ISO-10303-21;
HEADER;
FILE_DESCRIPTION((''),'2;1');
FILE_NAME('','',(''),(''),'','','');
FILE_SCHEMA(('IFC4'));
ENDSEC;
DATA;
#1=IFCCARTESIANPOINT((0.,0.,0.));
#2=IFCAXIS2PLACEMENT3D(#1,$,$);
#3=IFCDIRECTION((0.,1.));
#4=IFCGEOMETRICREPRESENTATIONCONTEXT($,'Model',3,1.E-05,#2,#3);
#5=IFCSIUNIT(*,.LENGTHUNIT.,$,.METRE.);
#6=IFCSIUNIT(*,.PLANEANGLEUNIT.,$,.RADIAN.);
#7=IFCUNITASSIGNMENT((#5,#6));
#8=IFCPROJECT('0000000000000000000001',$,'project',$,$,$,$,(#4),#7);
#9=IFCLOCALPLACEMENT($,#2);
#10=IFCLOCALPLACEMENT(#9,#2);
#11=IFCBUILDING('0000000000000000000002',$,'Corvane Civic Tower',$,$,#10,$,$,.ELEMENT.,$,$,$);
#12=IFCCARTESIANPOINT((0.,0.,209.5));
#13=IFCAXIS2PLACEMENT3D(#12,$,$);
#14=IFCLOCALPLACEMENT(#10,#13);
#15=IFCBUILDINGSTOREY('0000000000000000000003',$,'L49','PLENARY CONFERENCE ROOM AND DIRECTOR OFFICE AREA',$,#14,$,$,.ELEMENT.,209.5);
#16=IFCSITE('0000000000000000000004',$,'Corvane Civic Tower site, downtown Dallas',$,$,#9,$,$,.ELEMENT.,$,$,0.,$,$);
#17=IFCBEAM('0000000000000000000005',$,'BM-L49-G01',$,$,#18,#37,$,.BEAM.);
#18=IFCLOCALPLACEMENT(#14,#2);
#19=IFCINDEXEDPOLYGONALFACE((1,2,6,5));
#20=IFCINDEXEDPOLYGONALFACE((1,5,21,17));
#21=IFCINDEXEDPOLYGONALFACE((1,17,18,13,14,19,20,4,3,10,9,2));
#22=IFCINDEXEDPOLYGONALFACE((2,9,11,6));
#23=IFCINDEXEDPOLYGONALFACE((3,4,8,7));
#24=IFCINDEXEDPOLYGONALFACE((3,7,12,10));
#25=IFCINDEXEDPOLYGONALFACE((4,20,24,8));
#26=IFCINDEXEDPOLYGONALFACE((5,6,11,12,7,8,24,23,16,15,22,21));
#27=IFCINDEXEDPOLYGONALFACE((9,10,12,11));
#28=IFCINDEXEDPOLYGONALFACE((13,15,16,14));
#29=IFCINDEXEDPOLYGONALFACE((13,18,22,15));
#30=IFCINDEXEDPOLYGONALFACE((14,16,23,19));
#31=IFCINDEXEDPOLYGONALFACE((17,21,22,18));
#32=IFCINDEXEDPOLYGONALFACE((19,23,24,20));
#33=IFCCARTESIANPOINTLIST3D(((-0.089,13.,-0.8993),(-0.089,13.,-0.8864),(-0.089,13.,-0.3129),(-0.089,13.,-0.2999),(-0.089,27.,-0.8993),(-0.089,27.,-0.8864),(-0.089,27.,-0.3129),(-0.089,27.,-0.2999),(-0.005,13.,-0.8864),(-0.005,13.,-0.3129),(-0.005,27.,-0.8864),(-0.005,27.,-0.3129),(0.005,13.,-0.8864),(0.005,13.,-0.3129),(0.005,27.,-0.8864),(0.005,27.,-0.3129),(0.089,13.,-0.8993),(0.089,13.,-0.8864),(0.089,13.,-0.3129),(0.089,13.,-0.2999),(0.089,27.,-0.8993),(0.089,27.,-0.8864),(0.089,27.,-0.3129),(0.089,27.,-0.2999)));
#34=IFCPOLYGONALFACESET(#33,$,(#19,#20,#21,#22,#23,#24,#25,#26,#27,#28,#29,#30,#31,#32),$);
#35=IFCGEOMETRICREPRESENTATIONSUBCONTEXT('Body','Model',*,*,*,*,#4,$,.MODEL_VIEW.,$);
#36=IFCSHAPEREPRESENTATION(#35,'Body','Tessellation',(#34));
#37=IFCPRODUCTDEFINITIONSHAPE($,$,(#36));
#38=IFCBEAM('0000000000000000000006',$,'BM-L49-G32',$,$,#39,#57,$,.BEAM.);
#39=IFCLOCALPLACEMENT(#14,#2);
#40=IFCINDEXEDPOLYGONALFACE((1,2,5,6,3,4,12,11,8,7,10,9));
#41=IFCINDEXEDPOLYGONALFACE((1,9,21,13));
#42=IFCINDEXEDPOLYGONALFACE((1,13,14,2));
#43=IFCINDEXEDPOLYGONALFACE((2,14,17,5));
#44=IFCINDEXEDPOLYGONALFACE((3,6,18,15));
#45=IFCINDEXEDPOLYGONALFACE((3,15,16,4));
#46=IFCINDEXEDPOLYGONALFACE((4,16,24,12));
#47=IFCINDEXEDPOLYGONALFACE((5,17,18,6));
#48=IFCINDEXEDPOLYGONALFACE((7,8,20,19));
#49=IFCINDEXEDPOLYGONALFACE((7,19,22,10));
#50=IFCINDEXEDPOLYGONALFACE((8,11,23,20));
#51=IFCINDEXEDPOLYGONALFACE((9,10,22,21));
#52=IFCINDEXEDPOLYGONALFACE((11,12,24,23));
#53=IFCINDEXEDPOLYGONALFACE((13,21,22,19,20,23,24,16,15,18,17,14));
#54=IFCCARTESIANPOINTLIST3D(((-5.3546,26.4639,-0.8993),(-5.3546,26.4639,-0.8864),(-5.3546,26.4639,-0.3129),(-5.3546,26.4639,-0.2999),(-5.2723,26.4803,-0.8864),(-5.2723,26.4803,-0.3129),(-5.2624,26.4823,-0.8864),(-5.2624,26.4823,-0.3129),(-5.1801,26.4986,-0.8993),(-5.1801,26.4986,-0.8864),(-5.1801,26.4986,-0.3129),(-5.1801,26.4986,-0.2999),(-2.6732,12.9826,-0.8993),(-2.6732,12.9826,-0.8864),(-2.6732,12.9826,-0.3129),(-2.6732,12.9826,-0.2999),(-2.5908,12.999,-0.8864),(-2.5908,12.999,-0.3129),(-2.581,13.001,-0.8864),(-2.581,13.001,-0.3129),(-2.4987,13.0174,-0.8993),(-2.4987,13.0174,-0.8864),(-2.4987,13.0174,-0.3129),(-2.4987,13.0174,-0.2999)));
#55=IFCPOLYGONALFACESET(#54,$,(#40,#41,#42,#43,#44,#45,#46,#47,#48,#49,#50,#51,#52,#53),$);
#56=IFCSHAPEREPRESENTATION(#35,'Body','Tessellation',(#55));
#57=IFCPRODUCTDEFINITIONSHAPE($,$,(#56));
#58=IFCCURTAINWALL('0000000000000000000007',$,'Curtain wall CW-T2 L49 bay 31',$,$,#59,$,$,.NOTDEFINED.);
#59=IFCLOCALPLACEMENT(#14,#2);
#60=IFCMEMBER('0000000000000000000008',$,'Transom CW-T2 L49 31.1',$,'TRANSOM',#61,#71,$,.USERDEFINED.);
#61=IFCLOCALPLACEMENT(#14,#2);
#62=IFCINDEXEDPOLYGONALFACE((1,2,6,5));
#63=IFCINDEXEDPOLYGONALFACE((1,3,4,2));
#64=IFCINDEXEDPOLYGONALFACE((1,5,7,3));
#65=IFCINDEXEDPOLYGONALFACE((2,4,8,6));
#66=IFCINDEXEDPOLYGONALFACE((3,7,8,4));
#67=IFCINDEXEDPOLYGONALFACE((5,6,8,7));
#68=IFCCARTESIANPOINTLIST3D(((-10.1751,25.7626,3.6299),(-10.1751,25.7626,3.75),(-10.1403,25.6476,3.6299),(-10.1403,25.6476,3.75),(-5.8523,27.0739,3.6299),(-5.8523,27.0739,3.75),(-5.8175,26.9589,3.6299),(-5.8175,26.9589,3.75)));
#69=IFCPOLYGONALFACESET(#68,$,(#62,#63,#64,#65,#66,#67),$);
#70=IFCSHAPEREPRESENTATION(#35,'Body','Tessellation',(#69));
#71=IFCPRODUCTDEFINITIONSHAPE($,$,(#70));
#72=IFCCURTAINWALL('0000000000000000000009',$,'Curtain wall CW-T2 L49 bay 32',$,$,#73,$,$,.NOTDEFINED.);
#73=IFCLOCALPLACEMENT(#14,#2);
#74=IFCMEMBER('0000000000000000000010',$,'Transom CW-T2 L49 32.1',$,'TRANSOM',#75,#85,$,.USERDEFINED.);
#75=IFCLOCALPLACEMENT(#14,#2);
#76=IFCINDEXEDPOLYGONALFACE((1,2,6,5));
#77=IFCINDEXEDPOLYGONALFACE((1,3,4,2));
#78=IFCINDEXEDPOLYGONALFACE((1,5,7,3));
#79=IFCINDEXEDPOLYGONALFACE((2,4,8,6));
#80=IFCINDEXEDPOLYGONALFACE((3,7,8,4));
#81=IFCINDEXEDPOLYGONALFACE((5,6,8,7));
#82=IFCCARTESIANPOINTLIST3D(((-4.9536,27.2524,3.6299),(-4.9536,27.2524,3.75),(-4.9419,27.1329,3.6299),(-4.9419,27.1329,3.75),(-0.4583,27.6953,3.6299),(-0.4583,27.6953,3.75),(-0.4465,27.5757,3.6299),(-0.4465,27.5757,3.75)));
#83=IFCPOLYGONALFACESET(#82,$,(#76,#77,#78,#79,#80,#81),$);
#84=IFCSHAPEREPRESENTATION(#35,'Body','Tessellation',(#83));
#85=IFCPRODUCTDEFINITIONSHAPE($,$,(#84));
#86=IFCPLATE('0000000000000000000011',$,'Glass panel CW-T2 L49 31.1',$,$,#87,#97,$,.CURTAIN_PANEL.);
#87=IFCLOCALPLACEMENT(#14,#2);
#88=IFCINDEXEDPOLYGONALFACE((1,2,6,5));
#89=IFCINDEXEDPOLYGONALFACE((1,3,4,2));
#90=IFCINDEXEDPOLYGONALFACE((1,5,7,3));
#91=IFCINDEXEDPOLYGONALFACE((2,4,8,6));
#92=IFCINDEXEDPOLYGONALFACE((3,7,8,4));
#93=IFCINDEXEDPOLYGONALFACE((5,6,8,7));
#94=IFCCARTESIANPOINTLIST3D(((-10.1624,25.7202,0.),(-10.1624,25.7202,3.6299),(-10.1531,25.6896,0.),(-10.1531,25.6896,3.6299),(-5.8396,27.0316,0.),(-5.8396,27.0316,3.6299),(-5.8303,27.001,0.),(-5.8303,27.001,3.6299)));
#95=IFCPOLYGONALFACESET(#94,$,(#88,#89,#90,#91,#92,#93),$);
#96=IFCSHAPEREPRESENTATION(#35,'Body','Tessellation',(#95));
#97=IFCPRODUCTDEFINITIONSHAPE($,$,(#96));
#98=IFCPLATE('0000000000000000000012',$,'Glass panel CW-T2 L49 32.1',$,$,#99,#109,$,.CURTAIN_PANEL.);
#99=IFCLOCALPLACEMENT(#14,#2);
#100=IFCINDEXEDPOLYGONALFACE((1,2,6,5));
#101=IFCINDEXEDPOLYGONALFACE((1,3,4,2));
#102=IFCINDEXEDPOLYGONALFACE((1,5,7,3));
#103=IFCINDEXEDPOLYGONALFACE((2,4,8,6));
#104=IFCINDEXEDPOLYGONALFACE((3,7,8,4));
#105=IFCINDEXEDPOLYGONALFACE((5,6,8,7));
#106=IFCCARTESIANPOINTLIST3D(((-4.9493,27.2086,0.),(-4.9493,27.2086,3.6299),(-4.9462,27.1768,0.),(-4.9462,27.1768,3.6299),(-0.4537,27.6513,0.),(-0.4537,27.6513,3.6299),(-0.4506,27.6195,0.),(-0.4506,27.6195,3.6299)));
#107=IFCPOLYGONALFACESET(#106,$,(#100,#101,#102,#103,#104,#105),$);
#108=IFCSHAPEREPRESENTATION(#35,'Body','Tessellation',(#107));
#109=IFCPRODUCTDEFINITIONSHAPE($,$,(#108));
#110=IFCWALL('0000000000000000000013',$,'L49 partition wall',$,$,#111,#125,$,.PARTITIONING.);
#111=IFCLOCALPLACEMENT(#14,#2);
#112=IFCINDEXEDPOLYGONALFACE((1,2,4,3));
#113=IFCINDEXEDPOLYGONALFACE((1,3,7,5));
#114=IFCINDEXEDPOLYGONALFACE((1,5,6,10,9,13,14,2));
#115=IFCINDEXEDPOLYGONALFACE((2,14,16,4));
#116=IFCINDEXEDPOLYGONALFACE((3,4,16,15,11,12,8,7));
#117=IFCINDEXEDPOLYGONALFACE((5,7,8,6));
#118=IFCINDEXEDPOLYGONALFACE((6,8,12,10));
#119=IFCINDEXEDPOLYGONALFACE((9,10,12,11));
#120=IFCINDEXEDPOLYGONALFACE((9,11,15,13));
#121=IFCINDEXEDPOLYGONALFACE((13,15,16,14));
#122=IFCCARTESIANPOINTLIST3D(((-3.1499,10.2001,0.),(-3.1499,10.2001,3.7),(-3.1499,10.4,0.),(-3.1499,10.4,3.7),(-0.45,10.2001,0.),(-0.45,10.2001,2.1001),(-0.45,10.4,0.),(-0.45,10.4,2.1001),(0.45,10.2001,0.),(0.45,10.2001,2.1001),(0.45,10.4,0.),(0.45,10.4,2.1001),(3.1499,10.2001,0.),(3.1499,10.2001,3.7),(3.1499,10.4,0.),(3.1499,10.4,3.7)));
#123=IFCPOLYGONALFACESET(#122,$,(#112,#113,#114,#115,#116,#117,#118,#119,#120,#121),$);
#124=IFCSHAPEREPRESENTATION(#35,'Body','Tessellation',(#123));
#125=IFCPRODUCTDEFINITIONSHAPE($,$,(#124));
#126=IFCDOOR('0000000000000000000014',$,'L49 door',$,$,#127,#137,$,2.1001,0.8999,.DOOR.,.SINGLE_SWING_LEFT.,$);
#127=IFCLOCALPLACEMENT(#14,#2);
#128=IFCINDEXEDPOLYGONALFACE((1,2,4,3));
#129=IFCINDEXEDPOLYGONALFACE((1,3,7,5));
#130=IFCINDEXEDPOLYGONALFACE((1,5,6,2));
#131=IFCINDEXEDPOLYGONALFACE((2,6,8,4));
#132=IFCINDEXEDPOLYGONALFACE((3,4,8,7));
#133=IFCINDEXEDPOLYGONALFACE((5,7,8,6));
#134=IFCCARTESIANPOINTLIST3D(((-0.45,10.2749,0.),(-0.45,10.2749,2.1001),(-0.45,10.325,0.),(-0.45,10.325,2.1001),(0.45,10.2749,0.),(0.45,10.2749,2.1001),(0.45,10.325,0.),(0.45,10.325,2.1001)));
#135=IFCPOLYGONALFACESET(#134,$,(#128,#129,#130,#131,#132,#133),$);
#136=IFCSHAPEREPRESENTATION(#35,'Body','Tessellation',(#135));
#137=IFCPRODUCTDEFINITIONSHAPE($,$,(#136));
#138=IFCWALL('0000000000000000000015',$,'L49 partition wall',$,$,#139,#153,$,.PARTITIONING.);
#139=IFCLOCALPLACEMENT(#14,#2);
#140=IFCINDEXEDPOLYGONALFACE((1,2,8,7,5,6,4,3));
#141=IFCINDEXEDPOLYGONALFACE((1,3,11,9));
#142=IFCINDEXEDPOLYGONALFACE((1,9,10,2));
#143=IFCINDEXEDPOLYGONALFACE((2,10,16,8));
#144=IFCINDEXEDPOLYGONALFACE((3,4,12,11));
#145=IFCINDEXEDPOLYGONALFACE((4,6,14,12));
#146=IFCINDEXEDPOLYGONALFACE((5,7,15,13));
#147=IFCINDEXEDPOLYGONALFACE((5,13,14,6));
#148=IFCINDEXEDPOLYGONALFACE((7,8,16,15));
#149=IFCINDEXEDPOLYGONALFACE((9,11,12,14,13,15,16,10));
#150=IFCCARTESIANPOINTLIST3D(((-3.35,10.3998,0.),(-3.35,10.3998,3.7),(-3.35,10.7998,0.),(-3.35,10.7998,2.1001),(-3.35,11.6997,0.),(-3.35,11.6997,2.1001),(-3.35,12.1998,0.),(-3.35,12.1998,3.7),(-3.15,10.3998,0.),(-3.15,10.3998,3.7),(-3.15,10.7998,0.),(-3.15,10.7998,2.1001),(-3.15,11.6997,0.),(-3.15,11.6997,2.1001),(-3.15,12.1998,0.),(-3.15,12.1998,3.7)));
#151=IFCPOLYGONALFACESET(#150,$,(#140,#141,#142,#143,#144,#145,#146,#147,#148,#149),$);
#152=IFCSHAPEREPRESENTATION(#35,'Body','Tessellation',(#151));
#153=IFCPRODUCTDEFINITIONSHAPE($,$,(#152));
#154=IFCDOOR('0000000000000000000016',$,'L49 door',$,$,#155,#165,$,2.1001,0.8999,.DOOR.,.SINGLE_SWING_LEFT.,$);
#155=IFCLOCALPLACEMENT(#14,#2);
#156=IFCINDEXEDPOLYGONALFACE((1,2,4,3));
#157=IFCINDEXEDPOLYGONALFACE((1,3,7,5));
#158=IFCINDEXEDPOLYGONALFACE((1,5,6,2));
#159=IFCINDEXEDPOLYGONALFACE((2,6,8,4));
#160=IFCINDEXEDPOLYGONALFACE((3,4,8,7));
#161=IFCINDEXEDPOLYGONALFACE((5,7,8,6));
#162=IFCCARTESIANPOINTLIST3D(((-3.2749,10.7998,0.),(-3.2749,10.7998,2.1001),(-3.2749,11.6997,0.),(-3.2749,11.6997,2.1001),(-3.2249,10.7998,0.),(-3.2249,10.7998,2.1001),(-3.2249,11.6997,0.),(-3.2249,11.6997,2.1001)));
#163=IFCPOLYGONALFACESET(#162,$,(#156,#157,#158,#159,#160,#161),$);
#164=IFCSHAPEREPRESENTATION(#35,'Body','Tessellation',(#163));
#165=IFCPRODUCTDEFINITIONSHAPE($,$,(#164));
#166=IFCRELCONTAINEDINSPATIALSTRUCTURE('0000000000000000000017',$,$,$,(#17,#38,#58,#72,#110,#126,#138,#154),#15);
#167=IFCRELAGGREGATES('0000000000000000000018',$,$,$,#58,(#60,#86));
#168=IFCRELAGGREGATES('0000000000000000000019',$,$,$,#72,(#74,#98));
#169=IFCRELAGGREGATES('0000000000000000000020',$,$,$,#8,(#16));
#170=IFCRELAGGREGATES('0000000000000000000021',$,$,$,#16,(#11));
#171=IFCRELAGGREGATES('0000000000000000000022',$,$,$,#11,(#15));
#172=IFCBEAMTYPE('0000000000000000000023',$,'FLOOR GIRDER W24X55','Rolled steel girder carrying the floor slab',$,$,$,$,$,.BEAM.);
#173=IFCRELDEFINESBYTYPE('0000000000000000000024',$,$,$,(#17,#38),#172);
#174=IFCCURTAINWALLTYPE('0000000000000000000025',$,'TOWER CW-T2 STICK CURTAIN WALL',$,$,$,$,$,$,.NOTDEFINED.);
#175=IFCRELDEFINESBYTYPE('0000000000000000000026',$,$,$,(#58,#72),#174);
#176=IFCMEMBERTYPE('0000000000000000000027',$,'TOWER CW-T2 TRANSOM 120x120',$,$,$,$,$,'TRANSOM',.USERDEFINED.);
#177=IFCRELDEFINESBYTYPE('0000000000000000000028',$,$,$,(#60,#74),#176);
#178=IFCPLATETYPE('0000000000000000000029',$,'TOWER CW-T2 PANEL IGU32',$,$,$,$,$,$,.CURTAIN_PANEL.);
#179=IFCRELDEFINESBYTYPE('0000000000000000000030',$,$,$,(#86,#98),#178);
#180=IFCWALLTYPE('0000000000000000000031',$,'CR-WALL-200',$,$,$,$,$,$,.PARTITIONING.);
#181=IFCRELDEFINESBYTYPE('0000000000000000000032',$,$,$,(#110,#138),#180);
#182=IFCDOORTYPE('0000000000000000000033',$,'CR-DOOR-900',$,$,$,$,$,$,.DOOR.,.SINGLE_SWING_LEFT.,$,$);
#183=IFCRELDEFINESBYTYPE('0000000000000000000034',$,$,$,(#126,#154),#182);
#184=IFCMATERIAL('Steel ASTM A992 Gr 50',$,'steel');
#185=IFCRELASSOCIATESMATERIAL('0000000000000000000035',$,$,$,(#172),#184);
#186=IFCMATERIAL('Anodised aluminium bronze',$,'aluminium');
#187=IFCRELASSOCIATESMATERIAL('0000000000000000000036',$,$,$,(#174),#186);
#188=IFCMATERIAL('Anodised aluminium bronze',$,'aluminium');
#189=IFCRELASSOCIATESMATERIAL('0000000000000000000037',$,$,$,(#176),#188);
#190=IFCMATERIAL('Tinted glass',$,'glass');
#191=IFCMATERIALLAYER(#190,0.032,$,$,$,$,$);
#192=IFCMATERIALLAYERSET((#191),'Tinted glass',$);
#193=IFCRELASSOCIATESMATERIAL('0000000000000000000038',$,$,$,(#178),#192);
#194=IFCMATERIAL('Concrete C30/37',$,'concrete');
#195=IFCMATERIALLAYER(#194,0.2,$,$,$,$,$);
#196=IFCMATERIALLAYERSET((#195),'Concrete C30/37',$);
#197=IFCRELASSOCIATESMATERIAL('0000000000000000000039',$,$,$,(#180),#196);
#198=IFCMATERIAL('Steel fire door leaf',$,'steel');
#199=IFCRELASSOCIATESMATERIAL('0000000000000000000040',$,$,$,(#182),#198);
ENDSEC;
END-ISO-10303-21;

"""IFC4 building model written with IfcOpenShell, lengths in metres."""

from ifc_helpers import new_model, si_unit, direction, frame, frame_2d, origin, origin_2d, place, context, subcontext, project, spatial, rectangle, i_section, extrude, material, layer, layer_set, material_profile, profile_set, type_object, element, fill, aggregate, save


model = new_model("IFC4")

# Units and contexts
model_context = context("Model", 3, precision=1e-05, world=origin(), true_north=direction((0.0, 1.0)))
body_context = subcontext(model_context, "Body", "Model", "MODEL_VIEW")
ifc_project = project(units=[si_unit("LENGTHUNIT", "METRE"), si_unit("PLANEANGLEUNIT", "RADIAN")], contexts=[model_context])

# Site, building, storey
site_placement = place(None, origin())
site = spatial("IfcSite", under=ifc_project, at=site_placement, Name="Corvane Civic Tower site, downtown Dallas", CompositionType="ELEMENT", RefElevation=0.0)
building_placement = place(site_placement, origin())
building = spatial("IfcBuilding", under=site, at=building_placement, Name="Corvane Civic Tower", CompositionType="ELEMENT")
storey_placement = place(building_placement, frame((0.0, 0.0, 209.5)))
storey = spatial("IfcBuildingStorey", under=building, at=storey_placement, Name="L49", Description="PLENARY CONFERENCE ROOM AND DIRECTOR OFFICE AREA", CompositionType="ELEMENT", Elevation=209.5)

# Beams
ifc_material_1 = material(Name="Steel ASTM A992 Gr 50", Category="steel")
ifc_material_profile_1 = material_profile(ifc_material_1, i_section(OverallWidth=0.178, OverallDepth=0.5994, WebThickness=0.01, FlangeThickness=0.0129, at=origin_2d()), Name="W24X55")
ifc_profile_set_1 = profile_set([ifc_material_profile_1], Name="Steel ASTM A992 Gr 50")
beam_type_1 = type_object("IfcBeamType", Name="FLOOR GIRDER W24X55", Description="Rolled steel girder carrying the floor slab", PredefinedType="BEAM", material=ifc_profile_set_1)
beam_1_placement = place(storey_placement, frame((0.0, 13.0, -0.5996), z_axis=(0.0, 1.0, 0.0), x_axis=(-1.0, 0.0, 0.0)))
element("IfcBeam", 1, at=beam_1_placement, inside=storey, type_object=beam_type_1, Name="BM-L49-G01", PredefinedType="BEAM", context=body_context, shape_type="SweptSolid", body=[
    extrude(i_section(OverallWidth=0.178, OverallDepth=0.5994, WebThickness=0.01, FlangeThickness=0.0129, at=origin_2d()), origin(), (0.0, 0.0, 1.0), 14.0),
])
beam_2_placement = place(storey_placement, frame((-2.5859, 13.0, -0.5996), z_axis=(-0.195078, 0.980788, 0.0), x_axis=(-0.980788, -0.195078, 0.0)))
element("IfcBeam", 2, at=beam_2_placement, inside=storey, type_object=beam_type_1, Name="BM-L49-G32", PredefinedType="BEAM", context=body_context, shape_type="SweptSolid", body=[
    extrude(i_section(OverallWidth=0.178, OverallDepth=0.5994, WebThickness=0.01, FlangeThickness=0.0129, at=origin_2d()), origin(), (0.0, 0.0, 1.0), 13.7454),
])

# Curtain walls, members
ifc_material_2 = material(Name="Anodised aluminium bronze", Category="aluminium")
curtain_wall_type = type_object("IfcCurtainWallType", Name="TOWER CW-T2 STICK CURTAIN WALL", PredefinedType="NOTDEFINED", material=ifc_material_2)
curtain_wall_1_placement = place(storey_placement, origin())
curtain_wall_1 = element("IfcCurtainWall", 3, at=curtain_wall_1_placement, inside=storey, type_object=curtain_wall_type, Name="Curtain wall CW-T2 L49 bay 31", PredefinedType="NOTDEFINED")
ifc_material_3 = material(Name="Anodised aluminium bronze", Category="aluminium")
ifc_material_profile_2 = material_profile(ifc_material_3, rectangle(XDim=0.1201, YDim=0.1201, at=origin_2d()), Name="TOWER CW-T2 TRANSOM 120x120")
ifc_profile_set_2 = profile_set([ifc_material_profile_2], Name="Anodised aluminium bronze")
member_type = type_object("IfcMemberType", Name="TOWER CW-T2 TRANSOM 120x120", ElementType="TRANSOM", PredefinedType="USERDEFINED", material=ifc_profile_set_2)
member_1_placement = place(storey_placement, frame((-10.1577, 25.7051, 3.6899), z_axis=(0.956941, 0.290282, 0.0), x_axis=(-0.290282, 0.956941, 0.0)))
member_1 = element("IfcMember", 4, at=member_1_placement, type_object=member_type, Name="Transom CW-T2 L49 31.1", ObjectType="TRANSOM", PredefinedType="USERDEFINED", context=body_context, shape_type="SweptSolid", body=[
    extrude(rectangle(XDim=0.1201, YDim=0.1201, at=origin_2d()), origin(), (0.0, 0.0, 1.0), 4.5173),
])
curtain_wall_2_placement = place(storey_placement, origin())
curtain_wall_2 = element("IfcCurtainWall", 5, at=curtain_wall_2_placement, inside=storey, type_object=curtain_wall_type, Name="Curtain wall CW-T2 L49 bay 32", PredefinedType="NOTDEFINED")
member_2_placement = place(storey_placement, frame((-4.9478, 27.1926, 3.6899), z_axis=(0.995182, 0.098043, 0.0), x_axis=(-0.098043, 0.995182, 0.0)))
member_2 = element("IfcMember", 6, at=member_2_placement, type_object=member_type, Name="Transom CW-T2 L49 32.1", ObjectType="TRANSOM", PredefinedType="USERDEFINED", context=body_context, shape_type="SweptSolid", body=[
    extrude(rectangle(XDim=0.1201, YDim=0.1201, at=origin_2d()), origin(), (0.0, 0.0, 1.0), 4.5171),
])

# Plates
ifc_material_4 = material(Name="Tinted glass", Category="glass")
ifc_layer_1 = layer(ifc_material_4, 0.032)
ifc_layer_set_1 = layer_set([ifc_layer_1], Name="Tinted glass")
plate_type = type_object("IfcPlateType", Name="TOWER CW-T2 PANEL IGU32", PredefinedType="CURTAIN_PANEL", material=ifc_layer_set_1)
plate_1_placement = place(storey_placement, frame((-7.9963, 26.3606, 0.0), z_axis=(0.0, 0.0, 1.0), x_axis=(0.956939, 0.29029, 0.0)))
plate_1 = element("IfcPlate", 7, at=plate_1_placement, type_object=plate_type, Name="Glass panel CW-T2 L49 31.1", PredefinedType="CURTAIN_PANEL", context=body_context, shape_type="SweptSolid", body=[
    extrude(rectangle(XDim=4.5173, YDim=0.032, at=origin_2d()), origin(), (0.0, 0.0, 1.0), 3.6299),
])
aggregate(curtain_wall_1, [member_1, plate_1])
plate_2_placement = place(storey_placement, frame((-2.7, 27.4141, 0.0), z_axis=(0.0, 0.0, 1.0), x_axis=(0.995187, 0.097993, 0.0)))
plate_2 = element("IfcPlate", 8, at=plate_2_placement, type_object=plate_type, Name="Glass panel CW-T2 L49 32.1", PredefinedType="CURTAIN_PANEL", context=body_context, shape_type="SweptSolid", body=[
    extrude(rectangle(XDim=4.5173, YDim=0.032, at=origin_2d()), origin(), (0.0, 0.0, 1.0), 3.6299),
])
aggregate(curtain_wall_2, [member_2, plate_2])

# Walls, openings, doors
ifc_material_5 = material(Name="Concrete C30/37", Category="concrete")
ifc_layer_2 = layer(ifc_material_5, 0.2)
ifc_layer_set_2 = layer_set([ifc_layer_2], Name="Concrete C30/37")
wall_type = type_object("IfcWallType", Name="CR-WALL-200", PredefinedType="PARTITIONING", material=ifc_layer_set_2)
wall_1_placement = place(storey_placement, frame((-3.1499, 10.3, 0.0), z_axis=(0.0, 0.0, 1.0), x_axis=(1.0, 0.0, 0.0)))
wall_1 = element("IfcWall", 9, at=wall_1_placement, inside=storey, type_object=wall_type, Name="L49 partition wall", PredefinedType="PARTITIONING", context=body_context, shape_type="SweptSolid", body=[
    extrude(rectangle(XDim=6.2998, YDim=0.2, at=frame_2d((3.1499, 0.0))), origin(), (0.0, 0.0, 1.0), 3.7),
])
opening_1_placement = place(wall_1_placement, frame((2.7, 0.0, 0.0)))
opening_1 = element("IfcOpeningElement", 10, at=opening_1_placement, cuts=wall_1, PredefinedType="OPENING", context=body_context, shape_type="SweptSolid", body=[
    extrude(rectangle(XDim=0.8999, YDim=2.1001, at=frame_2d((0.45, 1.05))), frame((0.0, 0.1099, 0.0), z_axis=(0.0, -1.0, 0.0), x_axis=(1.0, 0.0, 0.0)), (0.0, 0.0, 1.0), 0.22),
])
ifc_material_6 = material(Name="Steel fire door leaf", Category="steel")
door_type = type_object("IfcDoorType", Name="CR-DOOR-900", OperationType="SINGLE_SWING_LEFT", PredefinedType="DOOR", material=ifc_material_6)
door_1_placement = place(opening_1_placement, origin())
door_1 = element("IfcDoor", 11, at=door_1_placement, inside=storey, type_object=door_type, Name="L49 door", OperationType="SINGLE_SWING_LEFT", OverallHeight=2.1001, OverallWidth=0.8999, PredefinedType="DOOR", context=body_context, shape_type="SweptSolid", body=[
    extrude(rectangle(XDim=0.8999, YDim=2.1001, at=frame_2d((0.45, 1.05))), frame((0.0, 0.0249, 0.0), z_axis=(0.0, -1.0, 0.0), x_axis=(1.0, 0.0, 0.0)), (0.0, 0.0, 1.0), 0.05),
])
fill(opening_1, door_1)
wall_2_placement = place(storey_placement, frame((-3.25, 10.3999, 0.0), z_axis=(0.0, 0.0, 1.0), x_axis=(0.0, 1.0, 0.0)))
wall_2 = element("IfcWall", 12, at=wall_2_placement, inside=storey, type_object=wall_type, Name="L49 partition wall", PredefinedType="PARTITIONING", context=body_context, shape_type="SweptSolid", body=[
    extrude(rectangle(XDim=1.8, YDim=0.2, at=frame_2d((0.8999, 0.0))), origin(), (0.0, 0.0, 1.0), 3.7),
])
opening_2_placement = place(wall_2_placement, frame((0.3999, 0.0, 0.0)))
opening_2 = element("IfcOpeningElement", 13, at=opening_2_placement, cuts=wall_2, PredefinedType="OPENING", context=body_context, shape_type="SweptSolid", body=[
    extrude(rectangle(XDim=0.8999, YDim=2.1001, at=frame_2d((0.45, 1.05))), frame((0.0, 0.1099, 0.0), z_axis=(0.0, -1.0, 0.0), x_axis=(1.0, 0.0, 0.0)), (0.0, 0.0, 1.0), 0.22),
])
door_2_placement = place(opening_2_placement, origin())
door_2 = element("IfcDoor", 14, at=door_2_placement, inside=storey, type_object=door_type, Name="L49 door", OperationType="SINGLE_SWING_LEFT", OverallHeight=2.1001, OverallWidth=0.8999, PredefinedType="DOOR", context=body_context, shape_type="SweptSolid", body=[
    extrude(rectangle(XDim=0.8999, YDim=2.1001, at=frame_2d((0.45, 1.05))), frame((0.0, 0.0249, 0.0), z_axis=(0.0, -1.0, 0.0), x_axis=(1.0, 0.0, 0.0)), (0.0, 0.0, 1.0), 0.05),
])
fill(opening_2, door_2)

save(model, "model.ifc")
